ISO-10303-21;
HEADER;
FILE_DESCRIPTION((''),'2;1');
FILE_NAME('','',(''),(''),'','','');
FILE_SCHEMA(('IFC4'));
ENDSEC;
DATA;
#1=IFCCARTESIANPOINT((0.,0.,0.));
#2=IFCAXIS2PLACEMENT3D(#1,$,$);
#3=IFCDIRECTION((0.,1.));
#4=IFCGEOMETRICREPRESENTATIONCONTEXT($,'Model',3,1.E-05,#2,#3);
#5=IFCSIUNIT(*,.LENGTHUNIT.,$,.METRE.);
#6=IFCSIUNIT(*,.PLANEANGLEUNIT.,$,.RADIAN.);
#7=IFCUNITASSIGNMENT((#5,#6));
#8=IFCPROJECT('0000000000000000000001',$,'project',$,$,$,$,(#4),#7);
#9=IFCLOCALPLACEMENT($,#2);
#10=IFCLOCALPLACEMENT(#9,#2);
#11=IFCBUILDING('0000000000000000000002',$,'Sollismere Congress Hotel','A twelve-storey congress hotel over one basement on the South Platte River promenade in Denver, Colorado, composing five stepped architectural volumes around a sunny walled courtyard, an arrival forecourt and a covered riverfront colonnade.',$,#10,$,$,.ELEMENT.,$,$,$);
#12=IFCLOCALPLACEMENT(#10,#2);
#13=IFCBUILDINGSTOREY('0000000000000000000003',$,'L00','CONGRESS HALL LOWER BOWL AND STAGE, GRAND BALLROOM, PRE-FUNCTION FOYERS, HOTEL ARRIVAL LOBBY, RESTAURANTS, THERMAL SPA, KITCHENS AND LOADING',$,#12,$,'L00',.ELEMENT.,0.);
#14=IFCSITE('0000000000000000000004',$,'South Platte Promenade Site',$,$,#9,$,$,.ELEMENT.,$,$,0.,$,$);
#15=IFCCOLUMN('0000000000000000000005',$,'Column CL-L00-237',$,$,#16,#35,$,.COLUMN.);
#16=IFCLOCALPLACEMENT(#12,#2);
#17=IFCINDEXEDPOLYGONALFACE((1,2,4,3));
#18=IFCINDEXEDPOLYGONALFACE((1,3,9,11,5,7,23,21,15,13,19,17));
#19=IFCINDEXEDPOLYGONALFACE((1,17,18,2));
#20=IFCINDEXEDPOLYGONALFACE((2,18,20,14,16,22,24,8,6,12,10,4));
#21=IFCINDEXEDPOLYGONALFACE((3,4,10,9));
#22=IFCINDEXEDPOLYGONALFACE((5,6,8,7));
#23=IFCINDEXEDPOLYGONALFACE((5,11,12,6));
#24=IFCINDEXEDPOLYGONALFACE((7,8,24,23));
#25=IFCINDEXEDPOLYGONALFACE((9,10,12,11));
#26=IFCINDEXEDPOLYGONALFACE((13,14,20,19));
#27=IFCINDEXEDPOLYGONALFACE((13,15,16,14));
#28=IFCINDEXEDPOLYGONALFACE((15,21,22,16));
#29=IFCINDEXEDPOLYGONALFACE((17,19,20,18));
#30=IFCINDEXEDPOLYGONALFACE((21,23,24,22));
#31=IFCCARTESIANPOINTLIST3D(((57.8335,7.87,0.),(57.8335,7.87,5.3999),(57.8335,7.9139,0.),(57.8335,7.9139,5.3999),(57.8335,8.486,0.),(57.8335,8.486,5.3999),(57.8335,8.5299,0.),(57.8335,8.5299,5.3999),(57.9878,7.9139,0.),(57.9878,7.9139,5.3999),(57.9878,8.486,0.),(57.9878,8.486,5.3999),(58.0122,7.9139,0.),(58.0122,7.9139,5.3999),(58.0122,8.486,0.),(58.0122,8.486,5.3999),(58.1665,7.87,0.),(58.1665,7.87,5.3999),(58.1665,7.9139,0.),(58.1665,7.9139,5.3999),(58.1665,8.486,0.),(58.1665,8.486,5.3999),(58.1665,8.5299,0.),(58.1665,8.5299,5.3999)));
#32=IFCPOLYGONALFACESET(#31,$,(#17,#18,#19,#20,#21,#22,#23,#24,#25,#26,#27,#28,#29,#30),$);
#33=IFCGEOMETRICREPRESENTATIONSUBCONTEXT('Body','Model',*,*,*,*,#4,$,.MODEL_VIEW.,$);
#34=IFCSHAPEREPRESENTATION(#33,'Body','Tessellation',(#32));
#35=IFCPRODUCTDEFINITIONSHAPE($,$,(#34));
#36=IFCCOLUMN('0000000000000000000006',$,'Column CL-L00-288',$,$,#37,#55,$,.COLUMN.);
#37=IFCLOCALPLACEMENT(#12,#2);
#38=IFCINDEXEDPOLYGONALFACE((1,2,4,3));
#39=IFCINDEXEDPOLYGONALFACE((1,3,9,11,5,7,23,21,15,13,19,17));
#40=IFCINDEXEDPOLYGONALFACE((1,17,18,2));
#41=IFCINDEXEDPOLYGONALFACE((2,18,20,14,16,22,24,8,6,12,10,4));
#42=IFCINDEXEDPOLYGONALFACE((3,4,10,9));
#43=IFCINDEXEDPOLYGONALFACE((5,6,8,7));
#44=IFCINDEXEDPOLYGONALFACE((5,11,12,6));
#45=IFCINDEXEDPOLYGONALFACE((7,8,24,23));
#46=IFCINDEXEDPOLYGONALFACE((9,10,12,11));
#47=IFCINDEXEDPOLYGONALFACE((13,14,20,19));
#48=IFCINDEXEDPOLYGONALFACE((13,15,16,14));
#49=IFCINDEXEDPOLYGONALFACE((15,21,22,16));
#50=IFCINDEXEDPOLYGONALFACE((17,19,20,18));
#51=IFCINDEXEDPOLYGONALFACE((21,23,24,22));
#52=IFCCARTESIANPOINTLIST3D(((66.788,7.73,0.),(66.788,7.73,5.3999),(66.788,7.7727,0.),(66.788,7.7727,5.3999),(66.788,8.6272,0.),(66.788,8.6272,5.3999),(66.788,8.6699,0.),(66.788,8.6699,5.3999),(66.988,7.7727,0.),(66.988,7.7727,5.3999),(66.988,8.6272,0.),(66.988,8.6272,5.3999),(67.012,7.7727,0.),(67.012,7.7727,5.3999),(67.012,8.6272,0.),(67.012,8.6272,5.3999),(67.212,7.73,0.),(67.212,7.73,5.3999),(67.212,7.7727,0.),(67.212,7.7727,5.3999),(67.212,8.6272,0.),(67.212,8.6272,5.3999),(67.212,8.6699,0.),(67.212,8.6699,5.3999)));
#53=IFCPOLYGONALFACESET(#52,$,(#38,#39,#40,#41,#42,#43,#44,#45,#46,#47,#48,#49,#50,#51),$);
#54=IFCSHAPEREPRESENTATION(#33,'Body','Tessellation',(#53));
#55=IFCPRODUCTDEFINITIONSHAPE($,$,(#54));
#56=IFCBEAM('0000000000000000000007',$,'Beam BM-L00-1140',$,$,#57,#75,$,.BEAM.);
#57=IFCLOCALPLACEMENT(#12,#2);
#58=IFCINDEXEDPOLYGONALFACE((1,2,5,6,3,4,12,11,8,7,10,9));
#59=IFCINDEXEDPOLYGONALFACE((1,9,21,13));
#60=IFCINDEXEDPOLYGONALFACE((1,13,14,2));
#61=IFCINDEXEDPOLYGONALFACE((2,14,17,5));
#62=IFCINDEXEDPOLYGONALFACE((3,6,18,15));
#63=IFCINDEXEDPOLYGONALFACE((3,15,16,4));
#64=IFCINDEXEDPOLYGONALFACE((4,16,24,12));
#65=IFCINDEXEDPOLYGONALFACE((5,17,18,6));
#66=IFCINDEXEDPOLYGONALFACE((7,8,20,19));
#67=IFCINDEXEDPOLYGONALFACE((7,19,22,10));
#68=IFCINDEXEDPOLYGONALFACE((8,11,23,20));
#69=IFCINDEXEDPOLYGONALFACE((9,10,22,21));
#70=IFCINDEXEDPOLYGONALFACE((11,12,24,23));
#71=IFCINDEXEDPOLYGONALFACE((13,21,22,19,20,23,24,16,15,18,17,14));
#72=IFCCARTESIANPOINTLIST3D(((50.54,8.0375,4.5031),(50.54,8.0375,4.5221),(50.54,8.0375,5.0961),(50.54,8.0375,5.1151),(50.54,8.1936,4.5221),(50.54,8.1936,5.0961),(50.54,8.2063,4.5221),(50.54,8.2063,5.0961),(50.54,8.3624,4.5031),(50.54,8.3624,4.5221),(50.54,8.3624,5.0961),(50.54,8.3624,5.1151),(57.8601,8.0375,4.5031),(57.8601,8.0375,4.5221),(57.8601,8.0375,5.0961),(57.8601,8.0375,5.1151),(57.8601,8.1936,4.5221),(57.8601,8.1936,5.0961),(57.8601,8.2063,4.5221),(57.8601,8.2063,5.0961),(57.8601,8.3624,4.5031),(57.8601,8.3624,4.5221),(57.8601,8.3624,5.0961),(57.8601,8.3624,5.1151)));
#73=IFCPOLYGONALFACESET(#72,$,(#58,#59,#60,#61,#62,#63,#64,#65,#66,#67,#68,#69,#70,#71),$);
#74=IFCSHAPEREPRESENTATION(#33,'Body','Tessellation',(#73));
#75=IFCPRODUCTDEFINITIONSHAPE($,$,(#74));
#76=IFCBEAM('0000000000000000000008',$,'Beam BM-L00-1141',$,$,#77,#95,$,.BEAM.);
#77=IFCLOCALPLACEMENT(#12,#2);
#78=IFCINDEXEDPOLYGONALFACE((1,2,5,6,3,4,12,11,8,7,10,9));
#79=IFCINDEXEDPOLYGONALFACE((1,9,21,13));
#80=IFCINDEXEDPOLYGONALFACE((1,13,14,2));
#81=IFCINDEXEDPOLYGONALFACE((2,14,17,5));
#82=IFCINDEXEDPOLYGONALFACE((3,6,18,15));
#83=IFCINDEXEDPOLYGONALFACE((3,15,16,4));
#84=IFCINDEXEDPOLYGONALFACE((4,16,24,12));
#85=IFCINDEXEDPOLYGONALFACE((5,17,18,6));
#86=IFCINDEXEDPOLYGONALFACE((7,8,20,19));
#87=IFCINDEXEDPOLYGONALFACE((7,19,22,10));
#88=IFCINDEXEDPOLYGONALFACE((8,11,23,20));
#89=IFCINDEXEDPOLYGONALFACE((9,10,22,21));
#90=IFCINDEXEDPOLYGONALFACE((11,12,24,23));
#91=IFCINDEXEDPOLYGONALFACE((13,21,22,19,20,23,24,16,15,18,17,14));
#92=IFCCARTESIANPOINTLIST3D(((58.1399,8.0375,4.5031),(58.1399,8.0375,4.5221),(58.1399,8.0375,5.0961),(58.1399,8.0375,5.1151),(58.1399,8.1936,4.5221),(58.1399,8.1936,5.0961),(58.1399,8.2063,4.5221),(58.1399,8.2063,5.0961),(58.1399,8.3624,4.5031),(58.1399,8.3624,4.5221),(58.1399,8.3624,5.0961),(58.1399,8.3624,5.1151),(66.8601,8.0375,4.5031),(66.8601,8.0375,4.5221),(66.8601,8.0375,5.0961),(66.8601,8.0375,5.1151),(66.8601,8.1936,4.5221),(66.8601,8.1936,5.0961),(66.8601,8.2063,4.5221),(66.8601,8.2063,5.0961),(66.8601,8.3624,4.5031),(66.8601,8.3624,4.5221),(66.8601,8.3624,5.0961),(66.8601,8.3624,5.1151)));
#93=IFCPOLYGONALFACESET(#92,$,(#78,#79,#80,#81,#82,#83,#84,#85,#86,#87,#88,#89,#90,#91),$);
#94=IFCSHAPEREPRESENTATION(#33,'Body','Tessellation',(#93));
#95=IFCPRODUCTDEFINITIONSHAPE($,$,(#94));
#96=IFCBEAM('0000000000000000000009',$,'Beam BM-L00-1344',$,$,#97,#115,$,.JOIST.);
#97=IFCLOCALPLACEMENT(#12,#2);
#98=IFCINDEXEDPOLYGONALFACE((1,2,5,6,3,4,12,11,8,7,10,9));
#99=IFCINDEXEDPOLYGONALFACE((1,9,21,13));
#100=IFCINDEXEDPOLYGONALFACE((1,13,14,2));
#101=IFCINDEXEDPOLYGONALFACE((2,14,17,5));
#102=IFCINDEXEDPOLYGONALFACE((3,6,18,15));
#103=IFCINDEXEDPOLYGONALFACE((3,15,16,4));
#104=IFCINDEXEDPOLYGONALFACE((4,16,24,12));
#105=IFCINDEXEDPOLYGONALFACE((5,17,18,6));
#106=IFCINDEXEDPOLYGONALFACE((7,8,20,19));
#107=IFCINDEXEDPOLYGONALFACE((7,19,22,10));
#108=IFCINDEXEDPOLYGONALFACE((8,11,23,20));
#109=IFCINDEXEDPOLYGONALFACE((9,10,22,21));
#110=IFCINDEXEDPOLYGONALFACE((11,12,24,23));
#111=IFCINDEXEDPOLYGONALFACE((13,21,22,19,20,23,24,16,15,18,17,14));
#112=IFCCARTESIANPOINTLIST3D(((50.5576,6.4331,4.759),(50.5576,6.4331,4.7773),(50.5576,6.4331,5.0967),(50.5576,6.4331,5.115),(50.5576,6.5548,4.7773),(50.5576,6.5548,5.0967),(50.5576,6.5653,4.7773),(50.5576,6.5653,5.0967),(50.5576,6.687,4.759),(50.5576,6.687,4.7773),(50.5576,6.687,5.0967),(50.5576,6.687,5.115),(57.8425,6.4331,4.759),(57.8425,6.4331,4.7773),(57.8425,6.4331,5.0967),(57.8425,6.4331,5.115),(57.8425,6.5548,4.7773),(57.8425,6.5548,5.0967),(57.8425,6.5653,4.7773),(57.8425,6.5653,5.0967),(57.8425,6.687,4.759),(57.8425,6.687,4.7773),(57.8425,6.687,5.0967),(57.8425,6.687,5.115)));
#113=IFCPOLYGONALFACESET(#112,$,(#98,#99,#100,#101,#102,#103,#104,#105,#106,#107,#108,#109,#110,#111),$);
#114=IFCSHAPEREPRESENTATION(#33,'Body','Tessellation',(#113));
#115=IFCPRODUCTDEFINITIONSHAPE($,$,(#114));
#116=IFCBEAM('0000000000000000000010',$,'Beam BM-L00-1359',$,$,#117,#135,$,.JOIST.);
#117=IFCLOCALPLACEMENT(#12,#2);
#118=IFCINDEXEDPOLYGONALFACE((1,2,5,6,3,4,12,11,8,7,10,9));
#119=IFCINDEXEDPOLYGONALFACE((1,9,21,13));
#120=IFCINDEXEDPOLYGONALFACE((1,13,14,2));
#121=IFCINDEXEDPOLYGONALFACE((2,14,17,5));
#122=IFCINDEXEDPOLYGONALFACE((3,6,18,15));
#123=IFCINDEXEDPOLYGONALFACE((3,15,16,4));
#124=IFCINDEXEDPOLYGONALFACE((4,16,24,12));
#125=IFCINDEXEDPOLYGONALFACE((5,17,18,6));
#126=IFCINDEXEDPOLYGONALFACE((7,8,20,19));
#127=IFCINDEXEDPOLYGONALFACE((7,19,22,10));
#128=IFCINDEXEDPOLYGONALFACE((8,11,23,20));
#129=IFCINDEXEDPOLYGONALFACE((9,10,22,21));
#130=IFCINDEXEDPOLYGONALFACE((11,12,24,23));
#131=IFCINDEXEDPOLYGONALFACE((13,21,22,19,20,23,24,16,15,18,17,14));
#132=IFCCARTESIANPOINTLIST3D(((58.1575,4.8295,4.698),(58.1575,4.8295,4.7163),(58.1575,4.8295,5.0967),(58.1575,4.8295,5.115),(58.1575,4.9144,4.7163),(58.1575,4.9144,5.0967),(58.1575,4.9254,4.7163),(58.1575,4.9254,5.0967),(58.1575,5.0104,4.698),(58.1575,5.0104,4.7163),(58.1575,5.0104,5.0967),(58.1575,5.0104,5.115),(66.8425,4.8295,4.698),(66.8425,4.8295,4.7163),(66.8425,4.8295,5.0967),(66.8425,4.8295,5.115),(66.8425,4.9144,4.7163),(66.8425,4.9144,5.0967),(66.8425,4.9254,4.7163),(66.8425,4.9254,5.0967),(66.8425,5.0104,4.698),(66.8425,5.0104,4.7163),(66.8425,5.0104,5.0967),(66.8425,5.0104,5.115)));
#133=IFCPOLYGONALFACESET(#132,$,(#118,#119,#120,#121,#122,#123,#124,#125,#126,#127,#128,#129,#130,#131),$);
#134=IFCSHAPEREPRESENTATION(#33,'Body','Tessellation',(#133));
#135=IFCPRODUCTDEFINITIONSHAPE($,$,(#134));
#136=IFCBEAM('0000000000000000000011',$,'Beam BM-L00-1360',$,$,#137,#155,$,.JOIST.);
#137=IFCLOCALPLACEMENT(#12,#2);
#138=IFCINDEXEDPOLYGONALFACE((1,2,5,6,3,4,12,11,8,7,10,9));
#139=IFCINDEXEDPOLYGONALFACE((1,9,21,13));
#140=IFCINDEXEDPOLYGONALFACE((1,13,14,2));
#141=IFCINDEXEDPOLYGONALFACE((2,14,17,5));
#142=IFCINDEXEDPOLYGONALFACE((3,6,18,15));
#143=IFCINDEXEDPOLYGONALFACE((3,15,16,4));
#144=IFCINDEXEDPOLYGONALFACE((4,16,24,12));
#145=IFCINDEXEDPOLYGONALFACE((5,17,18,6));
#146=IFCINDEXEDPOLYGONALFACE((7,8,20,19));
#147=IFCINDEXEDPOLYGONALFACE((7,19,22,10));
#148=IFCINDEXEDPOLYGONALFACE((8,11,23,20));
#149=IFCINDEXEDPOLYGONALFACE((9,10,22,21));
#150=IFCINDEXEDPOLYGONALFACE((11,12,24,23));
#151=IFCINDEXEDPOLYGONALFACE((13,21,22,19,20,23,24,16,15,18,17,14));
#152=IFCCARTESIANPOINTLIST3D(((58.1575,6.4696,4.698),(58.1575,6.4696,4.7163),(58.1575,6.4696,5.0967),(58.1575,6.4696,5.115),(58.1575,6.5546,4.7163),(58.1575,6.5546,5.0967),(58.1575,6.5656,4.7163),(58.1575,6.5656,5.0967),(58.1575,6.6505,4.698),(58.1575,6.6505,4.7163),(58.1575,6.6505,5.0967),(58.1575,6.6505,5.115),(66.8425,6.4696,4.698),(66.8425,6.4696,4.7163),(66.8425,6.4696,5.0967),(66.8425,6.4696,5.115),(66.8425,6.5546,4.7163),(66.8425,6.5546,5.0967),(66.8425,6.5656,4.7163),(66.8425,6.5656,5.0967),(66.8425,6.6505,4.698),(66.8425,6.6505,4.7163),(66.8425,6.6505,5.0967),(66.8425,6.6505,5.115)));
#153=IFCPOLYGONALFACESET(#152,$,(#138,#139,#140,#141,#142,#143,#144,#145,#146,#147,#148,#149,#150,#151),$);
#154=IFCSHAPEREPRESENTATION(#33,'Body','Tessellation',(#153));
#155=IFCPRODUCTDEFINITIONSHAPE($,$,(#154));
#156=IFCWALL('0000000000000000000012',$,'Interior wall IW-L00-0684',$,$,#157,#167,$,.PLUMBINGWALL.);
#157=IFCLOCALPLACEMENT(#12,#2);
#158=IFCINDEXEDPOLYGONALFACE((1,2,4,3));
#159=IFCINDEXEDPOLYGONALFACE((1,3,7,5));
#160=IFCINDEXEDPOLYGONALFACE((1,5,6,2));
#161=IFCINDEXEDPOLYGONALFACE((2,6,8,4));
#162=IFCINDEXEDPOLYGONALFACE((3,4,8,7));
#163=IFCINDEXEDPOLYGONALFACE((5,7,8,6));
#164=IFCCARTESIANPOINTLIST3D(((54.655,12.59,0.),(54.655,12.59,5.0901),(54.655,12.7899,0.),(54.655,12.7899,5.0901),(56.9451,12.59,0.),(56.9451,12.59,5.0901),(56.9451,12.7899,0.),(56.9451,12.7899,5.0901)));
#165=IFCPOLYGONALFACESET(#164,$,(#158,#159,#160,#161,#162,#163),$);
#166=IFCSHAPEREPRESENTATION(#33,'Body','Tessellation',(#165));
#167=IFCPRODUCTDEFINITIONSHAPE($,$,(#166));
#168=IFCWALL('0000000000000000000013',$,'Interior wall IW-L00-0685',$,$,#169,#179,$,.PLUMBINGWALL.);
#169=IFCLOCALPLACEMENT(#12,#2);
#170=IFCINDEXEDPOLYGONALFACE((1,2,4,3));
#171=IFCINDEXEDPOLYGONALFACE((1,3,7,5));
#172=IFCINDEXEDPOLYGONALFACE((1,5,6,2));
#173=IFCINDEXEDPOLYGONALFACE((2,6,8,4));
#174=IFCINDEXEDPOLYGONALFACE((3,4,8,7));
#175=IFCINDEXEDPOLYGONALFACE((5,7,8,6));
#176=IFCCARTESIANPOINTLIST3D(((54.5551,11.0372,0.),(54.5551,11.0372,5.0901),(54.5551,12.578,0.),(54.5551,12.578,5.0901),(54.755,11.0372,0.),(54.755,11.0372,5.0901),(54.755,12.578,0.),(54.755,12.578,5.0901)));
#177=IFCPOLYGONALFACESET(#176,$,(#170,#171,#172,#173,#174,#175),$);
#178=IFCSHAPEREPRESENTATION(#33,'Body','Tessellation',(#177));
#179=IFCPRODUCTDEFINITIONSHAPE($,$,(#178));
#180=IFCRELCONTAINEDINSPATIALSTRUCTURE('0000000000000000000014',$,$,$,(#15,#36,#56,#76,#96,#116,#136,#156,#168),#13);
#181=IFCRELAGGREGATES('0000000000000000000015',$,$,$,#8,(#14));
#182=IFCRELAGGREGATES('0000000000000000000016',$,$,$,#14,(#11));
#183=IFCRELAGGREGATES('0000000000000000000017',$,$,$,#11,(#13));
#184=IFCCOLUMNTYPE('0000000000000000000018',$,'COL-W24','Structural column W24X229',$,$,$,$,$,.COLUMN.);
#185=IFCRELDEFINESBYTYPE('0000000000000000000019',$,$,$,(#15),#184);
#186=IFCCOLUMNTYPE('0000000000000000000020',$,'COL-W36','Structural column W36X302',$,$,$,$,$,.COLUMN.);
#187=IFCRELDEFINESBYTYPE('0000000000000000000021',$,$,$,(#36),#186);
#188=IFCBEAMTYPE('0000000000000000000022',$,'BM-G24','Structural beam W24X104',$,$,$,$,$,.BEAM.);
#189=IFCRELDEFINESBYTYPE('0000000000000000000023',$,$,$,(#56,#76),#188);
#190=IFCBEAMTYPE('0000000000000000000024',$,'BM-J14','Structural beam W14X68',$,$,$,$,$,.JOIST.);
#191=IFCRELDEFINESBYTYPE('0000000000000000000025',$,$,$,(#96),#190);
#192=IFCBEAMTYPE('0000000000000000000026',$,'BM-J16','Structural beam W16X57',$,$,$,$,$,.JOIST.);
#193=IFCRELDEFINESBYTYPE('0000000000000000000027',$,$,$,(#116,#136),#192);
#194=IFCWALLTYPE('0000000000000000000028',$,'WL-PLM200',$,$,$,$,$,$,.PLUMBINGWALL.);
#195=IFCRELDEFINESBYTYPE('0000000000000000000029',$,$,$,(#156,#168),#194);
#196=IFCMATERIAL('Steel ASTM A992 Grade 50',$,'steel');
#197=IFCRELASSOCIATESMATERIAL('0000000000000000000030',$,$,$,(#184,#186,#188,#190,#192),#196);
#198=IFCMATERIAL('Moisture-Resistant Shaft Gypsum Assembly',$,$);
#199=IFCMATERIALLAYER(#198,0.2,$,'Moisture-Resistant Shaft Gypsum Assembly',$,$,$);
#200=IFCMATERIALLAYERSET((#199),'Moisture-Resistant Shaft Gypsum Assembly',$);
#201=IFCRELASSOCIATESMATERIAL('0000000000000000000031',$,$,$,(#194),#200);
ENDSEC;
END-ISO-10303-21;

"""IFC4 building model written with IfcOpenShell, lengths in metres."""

from ifc_helpers import new_model, si_unit, direction, frame, frame_2d, origin, origin_2d, place, context, subcontext, project, spatial, rectangle, i_section, extrude, material, layer, layer_set, material_profile, profile_set, type_object, element, save


model = new_model("IFC4")

# Units and contexts
model_context = context("Model", 3, precision=1e-05, world=origin(), true_north=direction((0.0, 1.0)))
body_context = subcontext(model_context, "Body", "Model", "MODEL_VIEW")
ifc_project = project(units=[si_unit("LENGTHUNIT", "METRE"), si_unit("PLANEANGLEUNIT", "RADIAN")], contexts=[model_context])

# Site, building, storey
site_placement = place(None, origin())
site = spatial("IfcSite", under=ifc_project, at=site_placement, Name="South Platte Promenade Site", CompositionType="ELEMENT", RefElevation=0.0)
building_placement = place(site_placement, origin())
building = spatial("IfcBuilding", under=site, at=building_placement, Name="Sollismere Congress Hotel", Description="A twelve-storey congress hotel over one basement on the South Platte River promenade in Denver, Colorado, composing five stepped architectural volumes around a sunny walled courtyard, an arrival forecourt and a covered riverfront colonnade.", CompositionType="ELEMENT")
storey_placement = place(building_placement, origin())
storey = spatial("IfcBuildingStorey", under=building, at=storey_placement, Name="L00", Description="CONGRESS HALL LOWER BOWL AND STAGE, GRAND BALLROOM, PRE-FUNCTION FOYERS, HOTEL ARRIVAL LOBBY, RESTAURANTS, THERMAL SPA, KITCHENS AND LOADING", LongName="L00", CompositionType="ELEMENT", Elevation=0.0)

# Columns
ifc_material_1 = material(Name="Steel ASTM A992 Grade 50", Category="steel")
ifc_material_profile_1 = material_profile(ifc_material_1, i_section(OverallWidth=0.333, OverallDepth=0.6599, WebThickness=0.0244, FlangeThickness=0.0439, at=origin_2d()), Name="W24X229")
ifc_profile_set_1 = profile_set([ifc_material_profile_1], Name="Steel ASTM A992 Grade 50")
column_type_1 = type_object("IfcColumnType", Name="COL-W24", Description="Structural column W24X229", PredefinedType="COLUMN", material=ifc_profile_set_1)
column_1_placement = place(storey_placement, frame((58.0, 8.2, 0.0), z_axis=(0.0, 0.0, 1.0), x_axis=(1.0, 0.0, 0.0)))
element("IfcColumn", 1, at=column_1_placement, inside=storey, type_object=column_type_1, Name="Column CL-L00-237", PredefinedType="COLUMN", context=body_context, shape_type="SweptSolid", body=[
    extrude(i_section(OverallWidth=0.333, OverallDepth=0.6599, WebThickness=0.0244, FlangeThickness=0.0439, at=origin_2d()), origin(), (0.0, 0.0, 1.0), 5.3999),
])
ifc_material_profile_2 = material_profile(ifc_material_1, i_section(OverallWidth=0.4241, OverallDepth=0.9399, WebThickness=0.0239, FlangeThickness=0.0427, at=origin_2d()), Name="W36X302")
ifc_profile_set_2 = profile_set([ifc_material_profile_2], Name="Steel ASTM A992 Grade 50")
column_type_2 = type_object("IfcColumnType", Name="COL-W36", Description="Structural column W36X302", PredefinedType="COLUMN", material=ifc_profile_set_2)
column_2_placement = place(storey_placement, frame((67.0, 8.2, 0.0), z_axis=(0.0, 0.0, 1.0), x_axis=(1.0, 0.0, 0.0)))
element("IfcColumn", 2, at=column_2_placement, inside=storey, type_object=column_type_2, Name="Column CL-L00-288", PredefinedType="COLUMN", context=body_context, shape_type="SweptSolid", body=[
    extrude(i_section(OverallWidth=0.4241, OverallDepth=0.9399, WebThickness=0.0239, FlangeThickness=0.0427, at=origin_2d()), origin(), (0.0, 0.0, 1.0), 5.3999),
])

# Beams
ifc_material_profile_3 = material_profile(ifc_material_1, i_section(OverallWidth=0.325, OverallDepth=0.6121, WebThickness=0.0127, FlangeThickness=0.019, at=origin_2d()), Name="W24X104")
ifc_profile_set_3 = profile_set([ifc_material_profile_3], Name="Steel ASTM A992 Grade 50")
beam_type_1 = type_object("IfcBeamType", Name="BM-G24", Description="Structural beam W24X104", PredefinedType="BEAM", material=ifc_profile_set_3)
beam_1_placement = place(storey_placement, frame((50.54, 8.2, 4.8091), z_axis=(1.0, 0.0, 0.0), x_axis=(0.0, 1.0, 0.0)))
element("IfcBeam", 3, at=beam_1_placement, inside=storey, type_object=beam_type_1, Name="Beam BM-L00-1140", PredefinedType="BEAM", context=body_context, shape_type="SweptSolid", body=[
    extrude(i_section(OverallWidth=0.325, OverallDepth=0.6121, WebThickness=0.0127, FlangeThickness=0.019, at=origin_2d()), origin(), (0.0, 0.0, 1.0), 7.3201),
])
beam_2_placement = place(storey_placement, frame((58.1399, 8.2, 4.8091), z_axis=(1.0, 0.0, 0.0), x_axis=(0.0, 1.0, 0.0)))
element("IfcBeam", 4, at=beam_2_placement, inside=storey, type_object=beam_type_1, Name="Beam BM-L00-1141", PredefinedType="BEAM", context=body_context, shape_type="SweptSolid", body=[
    extrude(i_section(OverallWidth=0.325, OverallDepth=0.6121, WebThickness=0.0127, FlangeThickness=0.019, at=origin_2d()), origin(), (0.0, 0.0, 1.0), 8.7202),
])
ifc_material_profile_4 = material_profile(ifc_material_1, i_section(OverallWidth=0.2539, OverallDepth=0.356, WebThickness=0.0105, FlangeThickness=0.0183, at=origin_2d()), Name="W14X68")
ifc_profile_set_4 = profile_set([ifc_material_profile_4], Name="Steel ASTM A992 Grade 50")
beam_type_2 = type_object("IfcBeamType", Name="BM-J14", Description="Structural beam W14X68", PredefinedType="JOIST", material=ifc_profile_set_4)
beam_3_placement = place(storey_placement, frame((50.5576, 6.5601, 4.937), z_axis=(1.0, 0.0, 0.0), x_axis=(0.0, 1.0, 0.0)))
element("IfcBeam", 5, at=beam_3_placement, inside=storey, type_object=beam_type_2, Name="Beam BM-L00-1344", PredefinedType="JOIST", context=body_context, shape_type="SweptSolid", body=[
    extrude(i_section(OverallWidth=0.2539, OverallDepth=0.356, WebThickness=0.0105, FlangeThickness=0.0183, at=origin_2d()), origin(), (0.0, 0.0, 1.0), 7.2849),
])
ifc_material_profile_5 = material_profile(ifc_material_1, i_section(OverallWidth=0.1809, OverallDepth=0.417, WebThickness=0.011, FlangeThickness=0.0183, at=origin_2d()), Name="W16X57")
ifc_profile_set_5 = profile_set([ifc_material_profile_5], Name="Steel ASTM A992 Grade 50")
beam_type_3 = type_object("IfcBeamType", Name="BM-J16", Description="Structural beam W16X57", PredefinedType="JOIST", material=ifc_profile_set_5)
for number, where, z_axis, x_axis, name in (
    (6, (58.1575, 4.9199, 4.9065), (1.0, 0.0, 0.0), (0.0, 1.0, 0.0), "Beam BM-L00-1359"),
    (7, (58.1575, 6.5601, 4.9065), (1.0, 0.0, 0.0), (0.0, 1.0, 0.0), "Beam BM-L00-1360"),
):
    element("IfcBeam", number, at=place(storey_placement, frame(where, z_axis=z_axis, x_axis=x_axis)), inside=storey, type_object=beam_type_3, Name=name, PredefinedType="JOIST", context=body_context, shape_type="SweptSolid", body=[
        extrude(i_section(OverallWidth=0.1809, OverallDepth=0.417, WebThickness=0.011, FlangeThickness=0.0183, at=origin_2d()), origin(), (0.0, 0.0, 1.0), 8.6851),
    ])

# Walls
ifc_material_2 = material(Name="Moisture-Resistant Shaft Gypsum Assembly")
ifc_layer_1 = layer(ifc_material_2, 0.2, Name="Moisture-Resistant Shaft Gypsum Assembly")
ifc_layer_set_1 = layer_set([ifc_layer_1], Name="Moisture-Resistant Shaft Gypsum Assembly")
wall_type_1 = type_object("IfcWallType", Name="WL-PLM200", PredefinedType="PLUMBINGWALL", material=ifc_layer_set_1)
wall_1_placement = place(storey_placement, frame((54.655, 12.6899, 0.0), z_axis=(0.0, 0.0, 1.0), x_axis=(1.0, 0.0, 0.0)))
element("IfcWall", 8, at=wall_1_placement, inside=storey, type_object=wall_type_1, Name="Interior wall IW-L00-0684", PredefinedType="PLUMBINGWALL", context=body_context, shape_type="SweptSolid", body=[
    extrude(rectangle(XDim=2.29, YDim=0.2, at=frame_2d((1.145, 0.0))), origin(), (0.0, 0.0, 1.0), 5.0901),
])
for number, where, z_axis, x_axis, name in (
    (9, (54.655, 11.0371, 0.0), (0.0, 0.0, 1.0), (0.0, 1.0, 0.0), "Interior wall IW-L00-0685"),
):
    element("IfcWall", number, at=place(storey_placement, frame(where, z_axis=z_axis, x_axis=x_axis)), inside=storey, type_object=wall_type_1, Name=name, PredefinedType="PLUMBINGWALL", context=body_context, shape_type="SweptSolid", body=[
        extrude(rectangle(XDim=1.5408, YDim=0.2, at=frame_2d((0.7705, 0.0))), origin(), (0.0, 0.0, 1.0), 5.0901),
    ])

save(model, "model.ifc")
